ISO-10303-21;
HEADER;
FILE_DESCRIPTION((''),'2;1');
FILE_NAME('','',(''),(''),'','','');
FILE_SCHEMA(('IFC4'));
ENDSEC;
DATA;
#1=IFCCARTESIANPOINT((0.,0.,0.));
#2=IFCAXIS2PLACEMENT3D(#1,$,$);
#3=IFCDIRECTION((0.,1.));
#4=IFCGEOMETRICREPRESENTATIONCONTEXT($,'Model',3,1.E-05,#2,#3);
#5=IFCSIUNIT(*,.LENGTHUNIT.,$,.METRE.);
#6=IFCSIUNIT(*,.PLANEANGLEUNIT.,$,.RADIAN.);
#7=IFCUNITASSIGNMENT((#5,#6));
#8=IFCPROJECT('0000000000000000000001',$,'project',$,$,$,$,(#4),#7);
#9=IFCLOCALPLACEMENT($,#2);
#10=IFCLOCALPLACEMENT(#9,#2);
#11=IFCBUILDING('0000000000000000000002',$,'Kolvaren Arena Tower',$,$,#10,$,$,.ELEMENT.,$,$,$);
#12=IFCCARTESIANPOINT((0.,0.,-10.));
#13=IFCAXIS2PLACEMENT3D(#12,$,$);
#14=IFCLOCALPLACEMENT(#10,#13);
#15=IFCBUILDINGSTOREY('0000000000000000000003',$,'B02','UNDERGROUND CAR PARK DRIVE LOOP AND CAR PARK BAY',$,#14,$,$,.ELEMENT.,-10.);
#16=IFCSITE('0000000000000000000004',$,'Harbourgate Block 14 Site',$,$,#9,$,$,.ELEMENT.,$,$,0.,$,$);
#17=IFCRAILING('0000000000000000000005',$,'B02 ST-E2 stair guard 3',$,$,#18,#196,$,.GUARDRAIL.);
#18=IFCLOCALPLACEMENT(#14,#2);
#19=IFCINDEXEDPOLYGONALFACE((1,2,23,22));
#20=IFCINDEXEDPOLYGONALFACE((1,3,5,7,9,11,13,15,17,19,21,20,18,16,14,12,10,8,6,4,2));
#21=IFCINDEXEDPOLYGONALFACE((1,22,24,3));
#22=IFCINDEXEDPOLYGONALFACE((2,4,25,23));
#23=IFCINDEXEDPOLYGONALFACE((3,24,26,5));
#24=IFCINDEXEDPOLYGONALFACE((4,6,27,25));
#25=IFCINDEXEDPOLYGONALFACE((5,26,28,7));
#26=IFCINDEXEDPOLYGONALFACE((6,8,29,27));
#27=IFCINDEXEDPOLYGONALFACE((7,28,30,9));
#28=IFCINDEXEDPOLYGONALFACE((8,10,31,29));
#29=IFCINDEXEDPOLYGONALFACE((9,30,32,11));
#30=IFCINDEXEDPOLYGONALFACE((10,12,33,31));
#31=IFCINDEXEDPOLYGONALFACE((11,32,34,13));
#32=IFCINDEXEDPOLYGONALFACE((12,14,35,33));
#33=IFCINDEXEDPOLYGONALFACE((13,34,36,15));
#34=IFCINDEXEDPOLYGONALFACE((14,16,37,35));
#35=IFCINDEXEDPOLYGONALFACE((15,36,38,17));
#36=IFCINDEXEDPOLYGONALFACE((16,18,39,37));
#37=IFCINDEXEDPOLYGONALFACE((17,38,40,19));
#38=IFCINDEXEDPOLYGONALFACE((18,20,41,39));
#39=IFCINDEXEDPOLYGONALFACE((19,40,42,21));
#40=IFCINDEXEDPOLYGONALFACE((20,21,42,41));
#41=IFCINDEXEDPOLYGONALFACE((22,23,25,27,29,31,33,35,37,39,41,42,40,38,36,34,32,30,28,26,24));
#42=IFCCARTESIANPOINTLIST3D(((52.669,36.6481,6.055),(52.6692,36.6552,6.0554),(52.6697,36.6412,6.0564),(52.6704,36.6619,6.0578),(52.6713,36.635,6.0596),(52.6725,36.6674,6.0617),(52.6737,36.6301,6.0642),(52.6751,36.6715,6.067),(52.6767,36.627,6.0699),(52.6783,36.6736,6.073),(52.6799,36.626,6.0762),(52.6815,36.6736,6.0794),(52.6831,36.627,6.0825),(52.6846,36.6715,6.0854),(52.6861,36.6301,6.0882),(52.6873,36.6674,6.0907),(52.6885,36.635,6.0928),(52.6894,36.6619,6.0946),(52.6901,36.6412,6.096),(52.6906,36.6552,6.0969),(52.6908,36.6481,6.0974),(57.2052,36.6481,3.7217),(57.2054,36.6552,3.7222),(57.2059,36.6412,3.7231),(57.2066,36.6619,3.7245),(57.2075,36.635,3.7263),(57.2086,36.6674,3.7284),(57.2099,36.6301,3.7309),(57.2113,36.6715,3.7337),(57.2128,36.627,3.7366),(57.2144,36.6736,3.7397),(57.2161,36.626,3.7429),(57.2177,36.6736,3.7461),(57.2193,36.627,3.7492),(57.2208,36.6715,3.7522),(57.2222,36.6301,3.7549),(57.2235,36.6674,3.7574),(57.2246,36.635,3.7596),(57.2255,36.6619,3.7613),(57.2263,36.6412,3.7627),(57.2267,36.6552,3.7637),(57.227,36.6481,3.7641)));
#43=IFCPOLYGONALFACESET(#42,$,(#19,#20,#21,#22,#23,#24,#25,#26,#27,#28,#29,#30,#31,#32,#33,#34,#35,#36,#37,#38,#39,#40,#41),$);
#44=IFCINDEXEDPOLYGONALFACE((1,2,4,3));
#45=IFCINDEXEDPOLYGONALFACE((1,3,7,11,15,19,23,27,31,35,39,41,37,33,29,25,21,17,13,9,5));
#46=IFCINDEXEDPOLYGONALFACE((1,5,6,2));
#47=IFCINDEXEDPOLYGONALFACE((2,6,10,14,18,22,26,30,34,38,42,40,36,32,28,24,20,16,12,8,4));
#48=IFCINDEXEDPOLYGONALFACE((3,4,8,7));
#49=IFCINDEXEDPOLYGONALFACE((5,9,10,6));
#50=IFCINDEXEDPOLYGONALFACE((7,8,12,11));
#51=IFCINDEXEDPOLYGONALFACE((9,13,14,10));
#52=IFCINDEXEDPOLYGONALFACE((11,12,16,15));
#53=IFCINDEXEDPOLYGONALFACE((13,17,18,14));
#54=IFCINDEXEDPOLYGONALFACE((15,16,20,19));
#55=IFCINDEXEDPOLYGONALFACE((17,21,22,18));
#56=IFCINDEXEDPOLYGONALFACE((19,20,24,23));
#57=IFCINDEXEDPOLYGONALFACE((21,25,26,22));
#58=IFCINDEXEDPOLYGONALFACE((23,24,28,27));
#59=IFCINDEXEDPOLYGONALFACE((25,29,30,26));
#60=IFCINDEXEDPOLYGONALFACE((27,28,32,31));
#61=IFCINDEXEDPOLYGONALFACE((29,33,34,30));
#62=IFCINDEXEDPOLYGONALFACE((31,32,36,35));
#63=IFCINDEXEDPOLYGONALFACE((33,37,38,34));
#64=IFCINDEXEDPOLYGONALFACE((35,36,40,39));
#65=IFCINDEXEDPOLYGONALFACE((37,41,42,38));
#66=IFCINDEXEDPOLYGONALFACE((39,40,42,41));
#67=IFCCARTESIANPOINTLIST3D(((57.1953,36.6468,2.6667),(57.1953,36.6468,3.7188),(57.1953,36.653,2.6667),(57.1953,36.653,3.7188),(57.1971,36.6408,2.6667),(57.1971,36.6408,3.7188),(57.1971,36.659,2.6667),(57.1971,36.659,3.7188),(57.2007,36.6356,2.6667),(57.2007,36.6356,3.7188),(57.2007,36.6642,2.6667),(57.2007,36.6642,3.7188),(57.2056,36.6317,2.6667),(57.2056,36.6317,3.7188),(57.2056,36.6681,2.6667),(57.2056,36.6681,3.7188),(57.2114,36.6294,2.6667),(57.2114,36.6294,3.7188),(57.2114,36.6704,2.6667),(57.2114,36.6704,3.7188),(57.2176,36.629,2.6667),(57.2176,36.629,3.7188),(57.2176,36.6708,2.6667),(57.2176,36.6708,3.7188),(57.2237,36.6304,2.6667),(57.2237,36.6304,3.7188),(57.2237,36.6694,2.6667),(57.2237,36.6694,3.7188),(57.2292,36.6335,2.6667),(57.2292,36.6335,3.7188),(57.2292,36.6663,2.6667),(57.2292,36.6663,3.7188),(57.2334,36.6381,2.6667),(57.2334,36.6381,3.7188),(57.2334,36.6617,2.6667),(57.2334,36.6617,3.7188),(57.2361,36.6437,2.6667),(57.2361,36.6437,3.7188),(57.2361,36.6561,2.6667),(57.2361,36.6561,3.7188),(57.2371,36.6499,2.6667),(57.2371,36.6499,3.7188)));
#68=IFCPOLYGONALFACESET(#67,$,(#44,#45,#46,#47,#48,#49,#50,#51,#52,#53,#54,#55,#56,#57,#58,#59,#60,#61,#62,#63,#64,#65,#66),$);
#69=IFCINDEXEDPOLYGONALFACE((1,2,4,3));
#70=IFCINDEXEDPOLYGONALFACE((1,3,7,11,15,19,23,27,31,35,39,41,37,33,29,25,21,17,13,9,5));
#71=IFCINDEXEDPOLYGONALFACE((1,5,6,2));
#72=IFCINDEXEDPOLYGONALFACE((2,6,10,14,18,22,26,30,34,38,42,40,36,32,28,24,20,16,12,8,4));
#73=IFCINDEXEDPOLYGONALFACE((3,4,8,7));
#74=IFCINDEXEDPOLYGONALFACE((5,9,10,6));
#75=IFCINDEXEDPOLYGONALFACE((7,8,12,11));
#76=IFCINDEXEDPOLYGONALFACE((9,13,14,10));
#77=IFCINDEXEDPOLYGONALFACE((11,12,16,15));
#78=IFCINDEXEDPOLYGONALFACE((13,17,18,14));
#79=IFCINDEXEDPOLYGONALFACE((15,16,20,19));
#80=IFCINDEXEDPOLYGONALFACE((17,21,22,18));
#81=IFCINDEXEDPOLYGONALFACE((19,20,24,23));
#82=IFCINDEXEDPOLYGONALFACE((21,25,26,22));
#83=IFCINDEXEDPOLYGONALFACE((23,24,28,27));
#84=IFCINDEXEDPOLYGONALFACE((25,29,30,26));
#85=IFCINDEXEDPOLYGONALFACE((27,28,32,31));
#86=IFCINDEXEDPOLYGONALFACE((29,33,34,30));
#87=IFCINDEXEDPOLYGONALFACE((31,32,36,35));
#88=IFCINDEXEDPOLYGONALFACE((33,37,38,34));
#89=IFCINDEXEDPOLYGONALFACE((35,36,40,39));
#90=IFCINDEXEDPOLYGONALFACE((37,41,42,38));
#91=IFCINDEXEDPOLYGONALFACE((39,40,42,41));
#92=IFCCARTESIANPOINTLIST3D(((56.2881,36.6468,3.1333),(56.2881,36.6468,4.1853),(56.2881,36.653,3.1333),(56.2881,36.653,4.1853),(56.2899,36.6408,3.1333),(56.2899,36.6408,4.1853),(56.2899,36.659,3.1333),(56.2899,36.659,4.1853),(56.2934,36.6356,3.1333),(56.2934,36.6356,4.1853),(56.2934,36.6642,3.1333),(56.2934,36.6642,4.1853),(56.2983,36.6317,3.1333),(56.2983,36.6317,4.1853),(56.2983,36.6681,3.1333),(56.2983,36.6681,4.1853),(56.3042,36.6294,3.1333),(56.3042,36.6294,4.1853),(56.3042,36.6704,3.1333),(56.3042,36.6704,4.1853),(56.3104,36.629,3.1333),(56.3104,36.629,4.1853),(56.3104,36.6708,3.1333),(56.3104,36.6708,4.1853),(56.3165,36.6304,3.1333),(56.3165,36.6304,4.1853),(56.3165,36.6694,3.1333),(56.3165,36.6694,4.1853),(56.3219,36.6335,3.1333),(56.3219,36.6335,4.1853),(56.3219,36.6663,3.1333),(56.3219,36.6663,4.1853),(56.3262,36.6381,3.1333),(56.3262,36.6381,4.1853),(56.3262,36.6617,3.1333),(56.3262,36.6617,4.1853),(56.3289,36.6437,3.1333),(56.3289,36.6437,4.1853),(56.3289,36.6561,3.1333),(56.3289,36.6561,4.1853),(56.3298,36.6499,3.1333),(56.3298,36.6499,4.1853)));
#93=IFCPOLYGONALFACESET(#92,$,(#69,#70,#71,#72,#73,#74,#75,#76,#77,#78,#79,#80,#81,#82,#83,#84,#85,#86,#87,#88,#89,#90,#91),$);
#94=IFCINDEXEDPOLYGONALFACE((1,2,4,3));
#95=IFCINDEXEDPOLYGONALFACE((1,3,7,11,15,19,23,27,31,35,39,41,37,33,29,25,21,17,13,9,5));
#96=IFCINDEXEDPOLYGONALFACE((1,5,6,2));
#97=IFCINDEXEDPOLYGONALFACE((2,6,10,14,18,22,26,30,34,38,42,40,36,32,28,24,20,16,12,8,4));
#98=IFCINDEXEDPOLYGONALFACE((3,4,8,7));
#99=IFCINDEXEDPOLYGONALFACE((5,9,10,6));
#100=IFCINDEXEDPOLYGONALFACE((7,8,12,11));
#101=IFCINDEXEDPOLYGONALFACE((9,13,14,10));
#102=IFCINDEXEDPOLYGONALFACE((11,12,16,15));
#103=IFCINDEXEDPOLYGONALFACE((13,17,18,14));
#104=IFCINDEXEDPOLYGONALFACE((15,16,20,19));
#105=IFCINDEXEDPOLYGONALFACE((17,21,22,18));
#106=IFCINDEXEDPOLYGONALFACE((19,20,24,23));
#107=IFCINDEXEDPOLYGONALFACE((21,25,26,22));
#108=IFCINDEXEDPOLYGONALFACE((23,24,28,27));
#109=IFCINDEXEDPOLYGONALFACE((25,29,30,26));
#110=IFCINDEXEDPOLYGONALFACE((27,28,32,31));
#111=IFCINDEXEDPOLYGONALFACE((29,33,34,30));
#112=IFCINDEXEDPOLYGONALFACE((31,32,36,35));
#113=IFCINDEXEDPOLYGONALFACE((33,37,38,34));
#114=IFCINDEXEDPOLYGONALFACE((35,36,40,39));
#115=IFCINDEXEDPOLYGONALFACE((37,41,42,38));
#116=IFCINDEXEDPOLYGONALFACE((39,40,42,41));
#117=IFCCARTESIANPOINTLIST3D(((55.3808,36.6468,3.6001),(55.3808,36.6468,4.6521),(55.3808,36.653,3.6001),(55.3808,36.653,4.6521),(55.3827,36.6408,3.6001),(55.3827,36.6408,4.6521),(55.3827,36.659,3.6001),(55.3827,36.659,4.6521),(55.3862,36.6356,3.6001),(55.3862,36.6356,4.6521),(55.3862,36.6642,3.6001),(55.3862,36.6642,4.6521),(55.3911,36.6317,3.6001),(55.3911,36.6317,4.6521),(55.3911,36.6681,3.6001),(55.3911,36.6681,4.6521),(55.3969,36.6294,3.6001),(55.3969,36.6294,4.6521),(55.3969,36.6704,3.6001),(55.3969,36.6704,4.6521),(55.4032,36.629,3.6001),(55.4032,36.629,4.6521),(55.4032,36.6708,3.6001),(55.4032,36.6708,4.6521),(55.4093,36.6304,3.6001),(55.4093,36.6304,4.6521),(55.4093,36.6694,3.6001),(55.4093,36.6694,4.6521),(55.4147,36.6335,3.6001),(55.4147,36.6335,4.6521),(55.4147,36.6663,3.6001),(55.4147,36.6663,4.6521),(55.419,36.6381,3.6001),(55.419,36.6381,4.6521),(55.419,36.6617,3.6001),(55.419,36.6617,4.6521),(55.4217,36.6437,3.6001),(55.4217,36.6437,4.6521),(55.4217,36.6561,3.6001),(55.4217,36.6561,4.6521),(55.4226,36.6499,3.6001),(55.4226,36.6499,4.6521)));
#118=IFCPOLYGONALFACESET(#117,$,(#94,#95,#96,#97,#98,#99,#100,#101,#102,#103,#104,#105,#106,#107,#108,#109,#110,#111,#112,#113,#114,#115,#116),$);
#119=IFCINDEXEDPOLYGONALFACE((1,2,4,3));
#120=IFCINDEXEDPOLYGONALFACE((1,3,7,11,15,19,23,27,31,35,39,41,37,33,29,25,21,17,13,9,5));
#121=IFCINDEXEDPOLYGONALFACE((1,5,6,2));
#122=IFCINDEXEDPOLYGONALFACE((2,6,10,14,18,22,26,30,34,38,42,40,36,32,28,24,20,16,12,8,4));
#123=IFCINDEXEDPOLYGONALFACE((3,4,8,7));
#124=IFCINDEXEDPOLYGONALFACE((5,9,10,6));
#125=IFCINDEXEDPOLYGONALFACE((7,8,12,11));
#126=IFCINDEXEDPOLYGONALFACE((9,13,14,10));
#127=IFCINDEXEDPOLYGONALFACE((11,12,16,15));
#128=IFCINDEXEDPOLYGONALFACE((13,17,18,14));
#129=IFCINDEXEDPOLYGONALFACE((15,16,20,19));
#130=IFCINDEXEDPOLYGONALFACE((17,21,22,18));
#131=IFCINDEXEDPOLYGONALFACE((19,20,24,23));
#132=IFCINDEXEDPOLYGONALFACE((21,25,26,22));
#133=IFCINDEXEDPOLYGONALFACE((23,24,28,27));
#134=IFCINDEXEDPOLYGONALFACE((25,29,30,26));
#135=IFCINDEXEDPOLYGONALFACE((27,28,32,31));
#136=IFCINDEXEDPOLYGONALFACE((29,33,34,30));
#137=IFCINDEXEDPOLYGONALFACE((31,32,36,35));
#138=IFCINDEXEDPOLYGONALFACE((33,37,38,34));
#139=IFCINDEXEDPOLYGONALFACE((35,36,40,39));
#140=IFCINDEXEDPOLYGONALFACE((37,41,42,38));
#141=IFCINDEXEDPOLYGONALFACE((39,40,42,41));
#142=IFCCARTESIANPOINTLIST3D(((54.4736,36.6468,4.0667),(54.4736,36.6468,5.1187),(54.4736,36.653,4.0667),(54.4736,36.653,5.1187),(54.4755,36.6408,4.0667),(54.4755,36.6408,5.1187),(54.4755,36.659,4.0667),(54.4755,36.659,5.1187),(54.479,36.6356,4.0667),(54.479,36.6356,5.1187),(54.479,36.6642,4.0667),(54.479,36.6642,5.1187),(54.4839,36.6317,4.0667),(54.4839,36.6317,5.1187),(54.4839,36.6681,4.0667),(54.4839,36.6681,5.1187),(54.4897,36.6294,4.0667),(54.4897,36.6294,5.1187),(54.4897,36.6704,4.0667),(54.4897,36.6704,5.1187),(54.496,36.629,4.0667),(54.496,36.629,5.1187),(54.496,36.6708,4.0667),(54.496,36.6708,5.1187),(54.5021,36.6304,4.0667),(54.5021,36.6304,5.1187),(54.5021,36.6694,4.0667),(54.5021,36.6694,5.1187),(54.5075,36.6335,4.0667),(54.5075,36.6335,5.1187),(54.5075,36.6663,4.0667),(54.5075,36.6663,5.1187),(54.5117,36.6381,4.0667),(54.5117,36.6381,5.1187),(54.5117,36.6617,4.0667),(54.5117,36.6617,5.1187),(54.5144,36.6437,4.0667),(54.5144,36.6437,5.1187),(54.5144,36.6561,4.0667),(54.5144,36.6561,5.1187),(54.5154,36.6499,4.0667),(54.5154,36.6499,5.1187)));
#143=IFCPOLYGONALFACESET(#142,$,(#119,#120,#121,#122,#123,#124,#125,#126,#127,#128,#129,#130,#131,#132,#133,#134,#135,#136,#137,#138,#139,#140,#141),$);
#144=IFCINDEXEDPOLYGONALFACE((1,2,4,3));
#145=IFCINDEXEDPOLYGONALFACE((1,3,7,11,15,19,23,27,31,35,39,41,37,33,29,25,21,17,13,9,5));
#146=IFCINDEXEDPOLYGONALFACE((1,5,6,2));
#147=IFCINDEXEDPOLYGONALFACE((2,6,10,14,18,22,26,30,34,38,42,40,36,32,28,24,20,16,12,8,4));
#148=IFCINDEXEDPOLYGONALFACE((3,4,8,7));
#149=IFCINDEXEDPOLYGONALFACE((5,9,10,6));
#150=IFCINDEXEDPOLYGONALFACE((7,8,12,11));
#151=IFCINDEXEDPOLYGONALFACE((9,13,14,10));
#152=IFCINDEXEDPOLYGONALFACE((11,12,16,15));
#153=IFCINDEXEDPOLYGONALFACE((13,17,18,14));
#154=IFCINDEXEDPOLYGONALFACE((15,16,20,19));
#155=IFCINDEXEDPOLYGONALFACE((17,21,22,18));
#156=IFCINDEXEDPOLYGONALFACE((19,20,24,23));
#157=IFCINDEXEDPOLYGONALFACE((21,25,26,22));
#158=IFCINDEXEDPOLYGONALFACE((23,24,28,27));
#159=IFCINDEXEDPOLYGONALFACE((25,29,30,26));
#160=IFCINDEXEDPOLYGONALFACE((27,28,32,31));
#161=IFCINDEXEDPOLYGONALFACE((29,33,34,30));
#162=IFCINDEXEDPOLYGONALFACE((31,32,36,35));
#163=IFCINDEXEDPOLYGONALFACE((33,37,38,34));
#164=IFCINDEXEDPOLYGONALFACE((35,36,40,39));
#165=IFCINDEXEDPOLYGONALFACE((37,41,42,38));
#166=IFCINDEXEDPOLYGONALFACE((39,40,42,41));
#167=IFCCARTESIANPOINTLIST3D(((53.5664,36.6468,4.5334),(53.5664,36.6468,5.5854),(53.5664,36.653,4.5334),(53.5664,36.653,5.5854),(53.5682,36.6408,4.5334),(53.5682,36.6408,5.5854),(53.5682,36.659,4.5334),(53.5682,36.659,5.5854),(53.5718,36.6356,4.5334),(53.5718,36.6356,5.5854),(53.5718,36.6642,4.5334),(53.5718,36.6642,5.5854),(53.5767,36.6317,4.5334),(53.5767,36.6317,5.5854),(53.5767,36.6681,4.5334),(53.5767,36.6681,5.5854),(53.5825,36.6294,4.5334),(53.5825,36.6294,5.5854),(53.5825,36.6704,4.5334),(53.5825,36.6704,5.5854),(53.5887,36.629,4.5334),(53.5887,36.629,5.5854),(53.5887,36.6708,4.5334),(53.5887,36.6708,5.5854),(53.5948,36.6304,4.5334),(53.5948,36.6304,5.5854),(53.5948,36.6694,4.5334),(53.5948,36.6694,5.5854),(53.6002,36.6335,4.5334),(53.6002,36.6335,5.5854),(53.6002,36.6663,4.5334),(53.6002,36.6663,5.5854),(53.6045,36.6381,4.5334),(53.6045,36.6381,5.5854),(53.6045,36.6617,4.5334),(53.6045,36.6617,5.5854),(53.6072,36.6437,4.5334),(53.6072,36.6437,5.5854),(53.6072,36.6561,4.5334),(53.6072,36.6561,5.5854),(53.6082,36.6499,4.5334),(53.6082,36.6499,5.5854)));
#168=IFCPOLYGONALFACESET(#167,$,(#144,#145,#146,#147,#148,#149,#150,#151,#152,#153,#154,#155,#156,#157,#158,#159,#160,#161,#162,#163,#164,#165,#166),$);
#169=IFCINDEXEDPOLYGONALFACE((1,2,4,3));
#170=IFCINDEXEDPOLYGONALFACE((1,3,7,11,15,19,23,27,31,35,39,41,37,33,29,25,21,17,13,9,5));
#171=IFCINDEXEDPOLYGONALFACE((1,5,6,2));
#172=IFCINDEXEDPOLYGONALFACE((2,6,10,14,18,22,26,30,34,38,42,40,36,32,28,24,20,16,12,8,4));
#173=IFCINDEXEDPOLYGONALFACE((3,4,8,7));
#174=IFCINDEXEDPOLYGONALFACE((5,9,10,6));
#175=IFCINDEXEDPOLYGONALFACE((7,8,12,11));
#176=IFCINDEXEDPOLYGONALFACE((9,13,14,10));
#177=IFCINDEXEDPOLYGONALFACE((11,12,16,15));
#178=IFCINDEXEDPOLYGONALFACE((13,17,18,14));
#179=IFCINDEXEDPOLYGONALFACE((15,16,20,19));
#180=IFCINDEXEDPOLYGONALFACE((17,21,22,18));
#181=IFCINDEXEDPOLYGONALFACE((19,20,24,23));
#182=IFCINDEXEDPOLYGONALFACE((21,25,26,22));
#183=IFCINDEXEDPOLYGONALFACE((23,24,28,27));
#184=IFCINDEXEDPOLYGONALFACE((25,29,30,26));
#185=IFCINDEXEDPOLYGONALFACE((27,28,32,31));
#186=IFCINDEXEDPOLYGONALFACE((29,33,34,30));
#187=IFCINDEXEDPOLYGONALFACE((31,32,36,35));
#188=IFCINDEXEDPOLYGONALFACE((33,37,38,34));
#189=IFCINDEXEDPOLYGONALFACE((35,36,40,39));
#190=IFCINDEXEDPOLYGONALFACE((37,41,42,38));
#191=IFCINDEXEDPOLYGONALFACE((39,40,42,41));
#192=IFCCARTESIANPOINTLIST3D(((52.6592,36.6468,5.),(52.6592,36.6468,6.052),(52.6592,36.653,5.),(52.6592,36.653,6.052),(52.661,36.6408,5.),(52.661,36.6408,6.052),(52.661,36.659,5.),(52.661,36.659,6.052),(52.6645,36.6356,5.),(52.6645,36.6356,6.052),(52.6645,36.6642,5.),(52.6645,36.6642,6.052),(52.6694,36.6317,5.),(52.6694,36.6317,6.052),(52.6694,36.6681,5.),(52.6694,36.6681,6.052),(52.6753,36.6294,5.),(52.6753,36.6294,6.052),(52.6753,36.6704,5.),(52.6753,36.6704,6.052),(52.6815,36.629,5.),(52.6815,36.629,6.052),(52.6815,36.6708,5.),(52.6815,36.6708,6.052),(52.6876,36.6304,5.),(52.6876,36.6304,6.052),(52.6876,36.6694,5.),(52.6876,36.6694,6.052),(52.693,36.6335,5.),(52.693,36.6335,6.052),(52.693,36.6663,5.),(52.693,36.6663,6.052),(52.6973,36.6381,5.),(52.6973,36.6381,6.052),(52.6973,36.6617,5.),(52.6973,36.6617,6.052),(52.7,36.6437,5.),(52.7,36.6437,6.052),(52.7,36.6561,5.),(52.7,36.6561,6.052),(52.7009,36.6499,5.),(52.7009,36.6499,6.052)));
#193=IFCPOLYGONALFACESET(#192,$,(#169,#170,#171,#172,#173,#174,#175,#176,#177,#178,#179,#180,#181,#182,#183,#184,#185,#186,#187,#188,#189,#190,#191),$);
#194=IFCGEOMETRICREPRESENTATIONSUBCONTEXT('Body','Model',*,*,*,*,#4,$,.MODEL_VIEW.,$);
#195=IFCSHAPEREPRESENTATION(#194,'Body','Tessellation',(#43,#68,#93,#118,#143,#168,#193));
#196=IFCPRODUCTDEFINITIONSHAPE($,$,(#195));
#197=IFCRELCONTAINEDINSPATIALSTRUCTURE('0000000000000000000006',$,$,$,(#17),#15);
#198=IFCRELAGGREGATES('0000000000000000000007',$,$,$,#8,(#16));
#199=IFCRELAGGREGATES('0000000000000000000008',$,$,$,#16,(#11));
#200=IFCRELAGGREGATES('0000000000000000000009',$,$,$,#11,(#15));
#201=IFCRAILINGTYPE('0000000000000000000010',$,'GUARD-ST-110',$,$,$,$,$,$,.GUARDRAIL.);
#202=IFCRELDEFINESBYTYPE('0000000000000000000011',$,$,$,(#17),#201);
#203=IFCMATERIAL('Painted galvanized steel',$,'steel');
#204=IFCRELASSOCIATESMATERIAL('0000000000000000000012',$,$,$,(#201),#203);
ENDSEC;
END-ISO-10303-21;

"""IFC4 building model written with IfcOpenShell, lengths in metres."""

from ifc_helpers import new_model, si_unit, direction, frame, origin, origin_2d, place, context, subcontext, project, spatial, circle, extrude, material, type_object, element, save


model = new_model("IFC4")

# Units and contexts
model_context = context("Model", 3, precision=1e-05, world=origin(), true_north=direction((0.0, 1.0)))
body_context = subcontext(model_context, "Body", "Model", "MODEL_VIEW")
ifc_project = project(units=[si_unit("LENGTHUNIT", "METRE"), si_unit("PLANEANGLEUNIT", "RADIAN")], contexts=[model_context])

# Site, building, storey
site_placement = place(None, origin())
site = spatial("IfcSite", under=ifc_project, at=site_placement, Name="Harbourgate Block 14 Site", CompositionType="ELEMENT", RefElevation=0.0)
building_placement = place(site_placement, origin())
building = spatial("IfcBuilding", under=site, at=building_placement, Name="Kolvaren Arena Tower", CompositionType="ELEMENT")
storey_placement = place(building_placement, frame((0.0, 0.0, -10.0)))
storey = spatial("IfcBuildingStorey", under=building, at=storey_placement, Name="B02", Description="UNDERGROUND CAR PARK DRIVE LOOP AND CAR PARK BAY", CompositionType="ELEMENT", Elevation=-10.0)

# Railing
ifc_material_1 = material(Name="Painted galvanized steel", Category="steel")
railing_type_1 = type_object("IfcRailingType", Name="GUARD-ST-110", PredefinedType="GUARDRAIL", material=ifc_material_1)
railing_1_placement = place(storey_placement, frame((57.2161, 36.6499, 2.6667)))
element("IfcRailing", 1, at=railing_1_placement, inside=storey, type_object=railing_type_1, Name="B02 ST-E2 stair guard 3", PredefinedType="GUARDRAIL", context=body_context, shape_type="SweptSolid", body=[
    extrude(circle(Radius=0.0239, at=origin_2d()), frame((0.0, 0.0, 1.0762), z_axis=(-0.889257, 0.0, 0.457407), x_axis=(0.0, -1.0, 0.0)), (0.0, 0.0, 1.0), 5.1011),
    extrude(circle(Radius=0.021, at=origin_2d()), origin(), (0.0, 0.0, 1.0), 1.052),
    extrude(circle(Radius=0.021, at=origin_2d()), frame((-0.9072, 0.0, 0.4666)), (0.0, 0.0, 1.0), 1.052),
    extrude(circle(Radius=0.021, at=origin_2d()), frame((-1.8145, 0.0, 0.9333)), (0.0, 0.0, 1.0), 1.052),
    extrude(circle(Radius=0.021, at=origin_2d()), frame((-2.7217, 0.0, 1.3999)), (0.0, 0.0, 1.0), 1.052),
    extrude(circle(Radius=0.021, at=origin_2d()), frame((-3.6289, 0.0, 1.8667)), (0.0, 0.0, 1.0), 1.052),
    extrude(circle(Radius=0.021, at=origin_2d()), frame((-4.5361, 0.0, 2.3333)), (0.0, 0.0, 1.0), 1.052),
])

save(model, "model.ifc")
